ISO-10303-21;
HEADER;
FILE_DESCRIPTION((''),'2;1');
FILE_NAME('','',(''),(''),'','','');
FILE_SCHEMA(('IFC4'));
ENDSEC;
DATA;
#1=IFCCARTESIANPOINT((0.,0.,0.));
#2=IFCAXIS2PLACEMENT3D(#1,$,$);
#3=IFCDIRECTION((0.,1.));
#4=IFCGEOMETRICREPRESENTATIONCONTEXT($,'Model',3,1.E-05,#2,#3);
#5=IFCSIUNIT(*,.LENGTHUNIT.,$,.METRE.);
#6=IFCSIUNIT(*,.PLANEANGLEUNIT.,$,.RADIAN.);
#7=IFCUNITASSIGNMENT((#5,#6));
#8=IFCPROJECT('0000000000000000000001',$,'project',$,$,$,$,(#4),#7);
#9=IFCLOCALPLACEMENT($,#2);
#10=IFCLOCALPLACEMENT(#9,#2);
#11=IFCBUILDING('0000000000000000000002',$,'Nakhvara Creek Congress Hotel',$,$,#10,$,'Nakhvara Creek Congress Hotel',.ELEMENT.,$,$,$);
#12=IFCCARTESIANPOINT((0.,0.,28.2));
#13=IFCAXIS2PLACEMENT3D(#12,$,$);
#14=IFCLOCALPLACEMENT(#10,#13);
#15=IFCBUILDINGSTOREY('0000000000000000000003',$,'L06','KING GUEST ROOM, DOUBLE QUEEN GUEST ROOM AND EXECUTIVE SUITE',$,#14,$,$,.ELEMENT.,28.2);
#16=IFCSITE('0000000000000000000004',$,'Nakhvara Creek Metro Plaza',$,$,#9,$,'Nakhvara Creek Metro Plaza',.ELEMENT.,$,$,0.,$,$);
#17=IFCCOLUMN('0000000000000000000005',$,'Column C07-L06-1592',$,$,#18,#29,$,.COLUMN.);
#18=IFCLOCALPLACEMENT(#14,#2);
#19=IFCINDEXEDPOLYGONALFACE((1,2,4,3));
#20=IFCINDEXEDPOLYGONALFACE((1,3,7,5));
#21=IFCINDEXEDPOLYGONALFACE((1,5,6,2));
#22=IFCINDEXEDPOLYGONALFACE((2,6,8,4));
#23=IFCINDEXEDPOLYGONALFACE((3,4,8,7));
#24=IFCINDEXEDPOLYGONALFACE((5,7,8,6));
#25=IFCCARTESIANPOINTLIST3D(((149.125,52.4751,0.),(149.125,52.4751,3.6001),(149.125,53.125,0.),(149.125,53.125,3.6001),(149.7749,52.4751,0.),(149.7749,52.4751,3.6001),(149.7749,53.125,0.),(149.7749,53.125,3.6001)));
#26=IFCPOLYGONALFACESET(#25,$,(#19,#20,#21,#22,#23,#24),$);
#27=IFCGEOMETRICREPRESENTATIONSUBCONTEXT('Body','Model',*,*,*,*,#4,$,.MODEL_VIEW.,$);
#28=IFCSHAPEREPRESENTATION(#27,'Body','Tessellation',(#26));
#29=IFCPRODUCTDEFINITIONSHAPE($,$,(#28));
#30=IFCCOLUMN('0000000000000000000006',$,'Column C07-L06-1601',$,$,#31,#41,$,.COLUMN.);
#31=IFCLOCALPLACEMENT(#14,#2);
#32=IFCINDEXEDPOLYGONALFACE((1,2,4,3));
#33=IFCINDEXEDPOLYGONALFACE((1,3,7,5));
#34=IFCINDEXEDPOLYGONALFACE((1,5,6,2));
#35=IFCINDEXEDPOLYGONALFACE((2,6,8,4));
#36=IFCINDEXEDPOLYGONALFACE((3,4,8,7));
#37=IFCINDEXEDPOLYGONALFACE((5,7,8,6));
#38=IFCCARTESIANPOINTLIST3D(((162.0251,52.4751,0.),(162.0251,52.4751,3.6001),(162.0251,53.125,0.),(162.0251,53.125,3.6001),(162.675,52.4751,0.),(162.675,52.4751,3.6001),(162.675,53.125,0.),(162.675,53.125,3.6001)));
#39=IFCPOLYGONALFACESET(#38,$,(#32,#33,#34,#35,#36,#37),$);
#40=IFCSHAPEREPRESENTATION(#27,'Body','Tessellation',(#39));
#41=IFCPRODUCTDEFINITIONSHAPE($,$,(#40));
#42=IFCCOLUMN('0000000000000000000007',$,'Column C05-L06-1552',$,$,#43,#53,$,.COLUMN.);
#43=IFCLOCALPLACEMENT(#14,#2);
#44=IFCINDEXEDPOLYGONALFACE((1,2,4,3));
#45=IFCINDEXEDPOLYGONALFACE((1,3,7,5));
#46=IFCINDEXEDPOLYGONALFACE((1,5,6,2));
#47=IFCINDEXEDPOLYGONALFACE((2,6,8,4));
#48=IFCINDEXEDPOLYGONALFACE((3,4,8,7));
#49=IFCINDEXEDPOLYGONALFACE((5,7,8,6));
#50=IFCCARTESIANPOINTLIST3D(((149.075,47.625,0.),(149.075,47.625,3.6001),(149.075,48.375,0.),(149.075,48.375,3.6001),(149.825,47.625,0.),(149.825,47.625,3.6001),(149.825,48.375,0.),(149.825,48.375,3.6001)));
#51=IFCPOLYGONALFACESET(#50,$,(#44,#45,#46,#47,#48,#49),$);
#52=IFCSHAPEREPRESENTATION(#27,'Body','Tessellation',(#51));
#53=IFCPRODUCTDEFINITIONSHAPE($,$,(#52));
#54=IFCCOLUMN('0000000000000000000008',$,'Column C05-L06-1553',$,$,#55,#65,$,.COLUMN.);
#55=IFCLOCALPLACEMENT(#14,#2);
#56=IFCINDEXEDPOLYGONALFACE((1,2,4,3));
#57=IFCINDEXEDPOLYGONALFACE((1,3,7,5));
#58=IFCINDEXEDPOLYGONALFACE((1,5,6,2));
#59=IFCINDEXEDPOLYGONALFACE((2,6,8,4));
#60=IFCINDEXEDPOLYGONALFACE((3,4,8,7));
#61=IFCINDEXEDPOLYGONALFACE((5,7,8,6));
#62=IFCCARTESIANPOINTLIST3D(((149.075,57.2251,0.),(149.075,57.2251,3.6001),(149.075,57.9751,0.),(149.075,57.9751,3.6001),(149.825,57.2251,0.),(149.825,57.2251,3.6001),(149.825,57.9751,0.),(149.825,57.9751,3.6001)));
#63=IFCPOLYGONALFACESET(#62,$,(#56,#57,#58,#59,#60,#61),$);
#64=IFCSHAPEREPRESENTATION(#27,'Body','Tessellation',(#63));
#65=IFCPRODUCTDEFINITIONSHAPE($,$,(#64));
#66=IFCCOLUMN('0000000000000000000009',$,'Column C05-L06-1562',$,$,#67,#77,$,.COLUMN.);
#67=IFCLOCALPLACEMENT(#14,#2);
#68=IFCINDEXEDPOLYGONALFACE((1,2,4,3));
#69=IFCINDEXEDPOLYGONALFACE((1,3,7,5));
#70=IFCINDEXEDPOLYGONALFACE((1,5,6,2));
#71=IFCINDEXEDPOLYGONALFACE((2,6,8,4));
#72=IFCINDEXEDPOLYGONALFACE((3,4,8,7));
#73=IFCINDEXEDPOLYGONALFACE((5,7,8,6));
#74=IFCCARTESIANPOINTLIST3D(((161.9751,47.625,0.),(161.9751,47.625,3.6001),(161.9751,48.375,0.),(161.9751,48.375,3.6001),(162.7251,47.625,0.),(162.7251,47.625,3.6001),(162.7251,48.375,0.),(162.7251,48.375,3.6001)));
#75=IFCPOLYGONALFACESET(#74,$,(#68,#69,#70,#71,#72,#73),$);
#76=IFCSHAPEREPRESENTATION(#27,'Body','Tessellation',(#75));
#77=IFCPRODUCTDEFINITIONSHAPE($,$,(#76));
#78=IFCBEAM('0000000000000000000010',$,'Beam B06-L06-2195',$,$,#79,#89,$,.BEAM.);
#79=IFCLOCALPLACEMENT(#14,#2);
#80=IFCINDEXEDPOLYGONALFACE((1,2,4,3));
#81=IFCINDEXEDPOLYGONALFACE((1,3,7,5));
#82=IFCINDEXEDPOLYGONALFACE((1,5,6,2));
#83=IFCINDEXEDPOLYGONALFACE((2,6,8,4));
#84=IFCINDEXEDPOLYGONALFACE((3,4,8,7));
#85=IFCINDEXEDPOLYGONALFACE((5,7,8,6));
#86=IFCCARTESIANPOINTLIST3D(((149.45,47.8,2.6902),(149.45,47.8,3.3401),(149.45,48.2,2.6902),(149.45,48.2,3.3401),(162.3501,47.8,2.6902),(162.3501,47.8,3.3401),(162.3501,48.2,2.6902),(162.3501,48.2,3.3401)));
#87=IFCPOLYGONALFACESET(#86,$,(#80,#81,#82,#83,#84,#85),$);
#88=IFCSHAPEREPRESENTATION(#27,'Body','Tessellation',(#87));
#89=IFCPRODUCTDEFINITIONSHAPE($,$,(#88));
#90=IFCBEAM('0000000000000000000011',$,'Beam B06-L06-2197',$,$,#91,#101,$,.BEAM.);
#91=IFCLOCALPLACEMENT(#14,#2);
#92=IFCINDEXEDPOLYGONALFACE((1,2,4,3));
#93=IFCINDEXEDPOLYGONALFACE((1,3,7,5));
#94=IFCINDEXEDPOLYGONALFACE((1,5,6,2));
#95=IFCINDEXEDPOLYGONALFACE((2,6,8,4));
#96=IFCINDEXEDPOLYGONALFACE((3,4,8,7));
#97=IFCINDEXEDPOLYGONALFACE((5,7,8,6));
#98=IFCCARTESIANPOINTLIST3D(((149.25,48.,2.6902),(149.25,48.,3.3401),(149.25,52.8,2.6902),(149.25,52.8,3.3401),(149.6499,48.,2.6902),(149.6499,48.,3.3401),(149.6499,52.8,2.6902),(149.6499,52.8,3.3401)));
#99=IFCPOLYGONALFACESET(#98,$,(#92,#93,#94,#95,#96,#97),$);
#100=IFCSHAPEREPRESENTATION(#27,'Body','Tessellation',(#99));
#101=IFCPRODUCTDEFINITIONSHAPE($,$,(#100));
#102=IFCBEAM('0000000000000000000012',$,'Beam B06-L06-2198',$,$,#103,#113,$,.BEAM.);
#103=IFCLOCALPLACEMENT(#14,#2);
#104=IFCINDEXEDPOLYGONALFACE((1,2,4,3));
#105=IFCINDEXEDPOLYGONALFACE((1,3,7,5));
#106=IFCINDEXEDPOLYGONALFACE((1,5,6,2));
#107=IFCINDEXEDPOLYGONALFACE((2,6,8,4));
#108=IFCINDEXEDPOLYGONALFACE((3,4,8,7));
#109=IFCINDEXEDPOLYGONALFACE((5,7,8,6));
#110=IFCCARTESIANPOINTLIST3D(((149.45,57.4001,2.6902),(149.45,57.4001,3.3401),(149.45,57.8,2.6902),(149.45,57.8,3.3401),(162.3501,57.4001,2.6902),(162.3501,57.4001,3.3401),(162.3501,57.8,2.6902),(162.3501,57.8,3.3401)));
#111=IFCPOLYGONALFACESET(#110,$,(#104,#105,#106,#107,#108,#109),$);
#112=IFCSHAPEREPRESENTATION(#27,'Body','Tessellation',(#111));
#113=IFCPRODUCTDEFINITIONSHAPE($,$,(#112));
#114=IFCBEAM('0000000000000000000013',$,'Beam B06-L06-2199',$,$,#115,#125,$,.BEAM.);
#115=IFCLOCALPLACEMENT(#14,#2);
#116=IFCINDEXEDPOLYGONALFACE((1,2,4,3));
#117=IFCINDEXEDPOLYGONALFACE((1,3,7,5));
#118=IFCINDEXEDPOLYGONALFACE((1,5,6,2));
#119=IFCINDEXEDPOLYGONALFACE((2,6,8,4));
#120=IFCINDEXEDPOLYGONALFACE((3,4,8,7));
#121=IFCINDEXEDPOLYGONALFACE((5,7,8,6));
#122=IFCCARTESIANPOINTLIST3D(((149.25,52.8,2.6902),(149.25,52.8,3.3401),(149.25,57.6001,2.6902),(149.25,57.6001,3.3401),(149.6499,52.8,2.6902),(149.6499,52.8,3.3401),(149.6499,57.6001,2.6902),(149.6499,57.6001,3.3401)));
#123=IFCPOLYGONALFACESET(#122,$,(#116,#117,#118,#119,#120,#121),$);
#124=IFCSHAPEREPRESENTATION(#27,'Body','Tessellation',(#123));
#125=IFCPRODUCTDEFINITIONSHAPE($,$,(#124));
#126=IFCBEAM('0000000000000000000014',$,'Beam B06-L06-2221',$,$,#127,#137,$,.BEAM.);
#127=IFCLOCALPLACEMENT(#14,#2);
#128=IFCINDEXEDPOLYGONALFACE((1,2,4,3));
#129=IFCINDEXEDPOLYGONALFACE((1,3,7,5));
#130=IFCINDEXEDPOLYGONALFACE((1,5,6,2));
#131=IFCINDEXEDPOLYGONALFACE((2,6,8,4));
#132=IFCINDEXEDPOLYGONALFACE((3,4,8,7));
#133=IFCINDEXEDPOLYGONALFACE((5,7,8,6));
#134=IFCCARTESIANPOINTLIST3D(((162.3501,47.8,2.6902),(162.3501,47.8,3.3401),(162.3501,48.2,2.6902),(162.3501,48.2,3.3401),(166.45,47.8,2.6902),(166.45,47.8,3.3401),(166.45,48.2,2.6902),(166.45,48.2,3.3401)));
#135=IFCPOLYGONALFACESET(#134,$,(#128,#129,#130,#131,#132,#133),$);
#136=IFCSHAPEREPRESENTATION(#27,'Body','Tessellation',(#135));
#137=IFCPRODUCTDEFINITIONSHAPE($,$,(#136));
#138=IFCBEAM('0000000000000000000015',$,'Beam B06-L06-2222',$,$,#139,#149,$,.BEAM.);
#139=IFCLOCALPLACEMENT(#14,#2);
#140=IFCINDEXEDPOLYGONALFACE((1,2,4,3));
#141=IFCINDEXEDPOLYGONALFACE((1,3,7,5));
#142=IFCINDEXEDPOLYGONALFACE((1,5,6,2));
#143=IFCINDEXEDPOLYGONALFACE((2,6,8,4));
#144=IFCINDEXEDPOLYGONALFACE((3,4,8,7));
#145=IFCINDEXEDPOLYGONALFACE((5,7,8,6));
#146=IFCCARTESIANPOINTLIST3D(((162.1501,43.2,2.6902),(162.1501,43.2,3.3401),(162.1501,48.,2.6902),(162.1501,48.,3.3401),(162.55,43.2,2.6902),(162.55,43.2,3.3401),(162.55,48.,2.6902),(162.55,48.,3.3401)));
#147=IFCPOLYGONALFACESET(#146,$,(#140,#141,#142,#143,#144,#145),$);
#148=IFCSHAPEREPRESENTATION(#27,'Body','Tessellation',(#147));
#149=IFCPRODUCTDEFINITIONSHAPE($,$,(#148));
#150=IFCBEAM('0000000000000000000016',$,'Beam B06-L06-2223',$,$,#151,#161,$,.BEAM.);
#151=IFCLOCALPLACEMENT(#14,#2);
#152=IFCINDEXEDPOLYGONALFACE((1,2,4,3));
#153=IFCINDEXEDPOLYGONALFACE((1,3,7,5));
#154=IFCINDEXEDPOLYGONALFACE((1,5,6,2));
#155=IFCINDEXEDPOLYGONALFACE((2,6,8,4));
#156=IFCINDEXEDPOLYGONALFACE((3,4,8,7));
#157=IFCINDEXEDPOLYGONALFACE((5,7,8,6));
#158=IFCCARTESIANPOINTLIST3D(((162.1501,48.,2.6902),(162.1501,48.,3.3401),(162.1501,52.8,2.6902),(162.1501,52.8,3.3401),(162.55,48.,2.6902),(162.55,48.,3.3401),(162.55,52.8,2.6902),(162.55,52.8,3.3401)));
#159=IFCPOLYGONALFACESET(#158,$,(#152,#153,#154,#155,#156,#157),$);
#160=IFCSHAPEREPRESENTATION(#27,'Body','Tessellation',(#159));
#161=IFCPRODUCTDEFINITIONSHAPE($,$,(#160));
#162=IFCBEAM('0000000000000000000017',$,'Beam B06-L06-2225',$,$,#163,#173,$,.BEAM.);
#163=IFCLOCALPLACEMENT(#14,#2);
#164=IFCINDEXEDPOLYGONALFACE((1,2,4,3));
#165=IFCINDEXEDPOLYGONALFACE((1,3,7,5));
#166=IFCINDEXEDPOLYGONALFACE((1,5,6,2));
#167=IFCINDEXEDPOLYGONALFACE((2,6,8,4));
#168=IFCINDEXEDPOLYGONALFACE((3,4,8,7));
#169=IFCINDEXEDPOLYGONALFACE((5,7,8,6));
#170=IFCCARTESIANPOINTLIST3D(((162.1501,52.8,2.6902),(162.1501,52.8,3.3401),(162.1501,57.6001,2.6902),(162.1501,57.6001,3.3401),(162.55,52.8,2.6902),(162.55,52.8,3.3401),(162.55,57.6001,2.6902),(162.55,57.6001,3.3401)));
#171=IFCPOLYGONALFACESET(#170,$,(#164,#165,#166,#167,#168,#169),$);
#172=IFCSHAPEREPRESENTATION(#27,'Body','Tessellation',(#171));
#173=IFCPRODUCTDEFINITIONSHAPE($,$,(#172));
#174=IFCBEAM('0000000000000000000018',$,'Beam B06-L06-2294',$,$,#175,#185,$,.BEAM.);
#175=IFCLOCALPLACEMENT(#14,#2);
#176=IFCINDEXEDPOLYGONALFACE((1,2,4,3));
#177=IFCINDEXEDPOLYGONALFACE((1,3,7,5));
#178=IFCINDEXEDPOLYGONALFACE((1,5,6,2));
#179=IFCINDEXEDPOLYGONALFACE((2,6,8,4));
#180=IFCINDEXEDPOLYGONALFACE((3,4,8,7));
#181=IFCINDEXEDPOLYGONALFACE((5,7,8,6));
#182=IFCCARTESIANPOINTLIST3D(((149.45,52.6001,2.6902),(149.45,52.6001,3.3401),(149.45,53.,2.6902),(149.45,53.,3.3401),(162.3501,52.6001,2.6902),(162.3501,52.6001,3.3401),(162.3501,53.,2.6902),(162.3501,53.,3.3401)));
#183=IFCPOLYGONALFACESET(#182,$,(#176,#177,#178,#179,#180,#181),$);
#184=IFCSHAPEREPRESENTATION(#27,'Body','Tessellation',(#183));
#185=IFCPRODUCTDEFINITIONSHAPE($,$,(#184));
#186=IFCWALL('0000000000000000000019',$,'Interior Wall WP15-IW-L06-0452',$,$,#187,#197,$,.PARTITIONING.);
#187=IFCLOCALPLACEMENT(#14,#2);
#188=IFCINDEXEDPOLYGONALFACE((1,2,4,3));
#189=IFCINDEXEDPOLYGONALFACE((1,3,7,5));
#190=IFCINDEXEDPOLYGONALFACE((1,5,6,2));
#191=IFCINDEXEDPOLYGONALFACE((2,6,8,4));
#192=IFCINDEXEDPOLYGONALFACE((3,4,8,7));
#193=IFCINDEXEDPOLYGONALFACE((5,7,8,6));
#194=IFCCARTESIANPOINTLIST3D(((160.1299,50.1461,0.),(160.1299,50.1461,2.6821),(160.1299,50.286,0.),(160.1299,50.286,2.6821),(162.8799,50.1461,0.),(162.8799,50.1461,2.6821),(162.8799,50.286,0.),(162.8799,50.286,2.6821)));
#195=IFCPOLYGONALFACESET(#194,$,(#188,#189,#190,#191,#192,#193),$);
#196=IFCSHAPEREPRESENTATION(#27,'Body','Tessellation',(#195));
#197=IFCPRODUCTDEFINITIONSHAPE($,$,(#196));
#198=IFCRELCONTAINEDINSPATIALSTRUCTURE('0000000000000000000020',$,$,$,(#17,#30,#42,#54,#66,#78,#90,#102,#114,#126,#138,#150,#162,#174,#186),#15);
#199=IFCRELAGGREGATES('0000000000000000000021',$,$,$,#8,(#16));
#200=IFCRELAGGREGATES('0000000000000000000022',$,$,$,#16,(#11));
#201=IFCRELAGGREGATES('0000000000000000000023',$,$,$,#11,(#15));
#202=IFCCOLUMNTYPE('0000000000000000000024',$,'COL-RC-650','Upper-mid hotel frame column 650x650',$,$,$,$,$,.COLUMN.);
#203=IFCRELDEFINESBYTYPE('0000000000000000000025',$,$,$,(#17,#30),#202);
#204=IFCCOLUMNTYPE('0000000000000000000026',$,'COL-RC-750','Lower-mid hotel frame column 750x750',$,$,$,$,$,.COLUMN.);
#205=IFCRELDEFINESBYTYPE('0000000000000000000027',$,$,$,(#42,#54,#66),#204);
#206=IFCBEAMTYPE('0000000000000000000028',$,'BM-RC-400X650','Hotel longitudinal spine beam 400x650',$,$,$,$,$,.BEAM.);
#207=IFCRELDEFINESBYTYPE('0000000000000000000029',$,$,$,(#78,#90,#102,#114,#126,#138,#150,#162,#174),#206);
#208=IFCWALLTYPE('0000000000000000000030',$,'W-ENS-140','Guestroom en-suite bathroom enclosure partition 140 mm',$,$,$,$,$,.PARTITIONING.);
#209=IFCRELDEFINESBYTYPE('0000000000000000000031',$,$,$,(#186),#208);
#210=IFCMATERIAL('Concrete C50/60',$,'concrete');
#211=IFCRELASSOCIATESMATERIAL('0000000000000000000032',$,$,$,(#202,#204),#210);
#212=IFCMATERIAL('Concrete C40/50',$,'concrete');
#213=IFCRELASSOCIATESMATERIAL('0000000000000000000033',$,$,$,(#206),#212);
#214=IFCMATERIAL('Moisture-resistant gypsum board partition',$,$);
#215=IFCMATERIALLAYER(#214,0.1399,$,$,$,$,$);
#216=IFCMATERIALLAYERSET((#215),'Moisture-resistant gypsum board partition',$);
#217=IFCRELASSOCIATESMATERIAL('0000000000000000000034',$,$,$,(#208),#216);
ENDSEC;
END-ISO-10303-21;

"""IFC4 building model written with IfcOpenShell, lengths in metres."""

from ifc_helpers import new_model, si_unit, direction, frame, frame_2d, origin, origin_2d, place, context, subcontext, project, spatial, rectangle, extrude, material, layer, layer_set, material_profile, profile_set, type_object, element, save


model = new_model("IFC4")

# Units and contexts
model_context = context("Model", 3, precision=1e-05, world=origin(), true_north=direction((0.0, 1.0)))
body_context = subcontext(model_context, "Body", "Model", "MODEL_VIEW")
ifc_project = project(units=[si_unit("LENGTHUNIT", "METRE"), si_unit("PLANEANGLEUNIT", "RADIAN")], contexts=[model_context])

# Site, building, storey
site_placement = place(None, origin())
site = spatial("IfcSite", under=ifc_project, at=site_placement, Name="Nakhvara Creek Metro Plaza", LongName="Nakhvara Creek Metro Plaza", CompositionType="ELEMENT", RefElevation=0.0)
building_placement = place(site_placement, origin())
building = spatial("IfcBuilding", under=site, at=building_placement, Name="Nakhvara Creek Congress Hotel", LongName="Nakhvara Creek Congress Hotel", CompositionType="ELEMENT")
storey_placement = place(building_placement, frame((0.0, 0.0, 28.2)))
storey = spatial("IfcBuildingStorey", under=building, at=storey_placement, Name="L06", Description="KING GUEST ROOM, DOUBLE QUEEN GUEST ROOM AND EXECUTIVE SUITE", CompositionType="ELEMENT", Elevation=28.2)

# Columns
ifc_material_1 = material(Name="Concrete C50/60", Category="concrete")
ifc_material_profile_1 = material_profile(ifc_material_1, rectangle(XDim=0.6499, YDim=0.6499, at=origin_2d()), Name="RC-COL 650x650", Category="LoadBearing")
ifc_profile_set_1 = profile_set([ifc_material_profile_1], Name="Concrete C50/60")
column_type_1 = type_object("IfcColumnType", Name="COL-RC-650", Description="Upper-mid hotel frame column 650x650", PredefinedType="COLUMN", material=ifc_profile_set_1)
for number, where, z_axis, x_axis, name in (
    (1, (149.45, 52.8, 0.0), (0.0, 0.0, 1.0), (1.0, 0.0, 0.0), "Column C07-L06-1592"),
    (2, (162.3501, 52.8, 0.0), (0.0, 0.0, 1.0), (1.0, 0.0, 0.0), "Column C07-L06-1601"),
):
    element("IfcColumn", number, at=place(storey_placement, frame(where, z_axis=z_axis, x_axis=x_axis)), inside=storey, type_object=column_type_1, Name=name, PredefinedType="COLUMN", context=body_context, shape_type="SweptSolid", body=[
        extrude(rectangle(XDim=0.6499, YDim=0.6499, at=origin_2d()), origin(), (0.0, 0.0, 1.0), 3.6001),
    ])
ifc_material_profile_2 = material_profile(ifc_material_1, rectangle(XDim=0.75, YDim=0.75, at=origin_2d()), Name="RC-COL 750x750", Category="LoadBearing")
ifc_profile_set_2 = profile_set([ifc_material_profile_2], Name="Concrete C50/60")
column_type_2 = type_object("IfcColumnType", Name="COL-RC-750", Description="Lower-mid hotel frame column 750x750", PredefinedType="COLUMN", material=ifc_profile_set_2)
for number, where, z_axis, x_axis, name in (
    (3, (149.45, 48.0, 0.0), (0.0, 0.0, 1.0), (1.0, 0.0, 0.0), "Column C05-L06-1552"),
    (4, (149.45, 57.6001, 0.0), (0.0, 0.0, 1.0), (1.0, 0.0, 0.0), "Column C05-L06-1553"),
    (5, (162.3501, 48.0, 0.0), (0.0, 0.0, 1.0), (1.0, 0.0, 0.0), "Column C05-L06-1562"),
):
    element("IfcColumn", number, at=place(storey_placement, frame(where, z_axis=z_axis, x_axis=x_axis)), inside=storey, type_object=column_type_2, Name=name, PredefinedType="COLUMN", context=body_context, shape_type="SweptSolid", body=[
        extrude(rectangle(XDim=0.75, YDim=0.75, at=origin_2d()), origin(), (0.0, 0.0, 1.0), 3.6001),
    ])

# Beams
ifc_material_2 = material(Name="Concrete C40/50", Category="concrete")
ifc_material_profile_3 = material_profile(ifc_material_2, rectangle(XDim=0.3999, YDim=0.6499, at=origin_2d()), Name="RC-BM 400x650", Category="LoadBearing")
ifc_profile_set_3 = profile_set([ifc_material_profile_3], Name="Concrete C40/50")
beam_type = type_object("IfcBeamType", Name="BM-RC-400X650", Description="Hotel longitudinal spine beam 400x650", PredefinedType="BEAM", material=ifc_profile_set_3)
beam_1_placement = place(storey_placement, frame((149.45, 48.0, 3.0151), z_axis=(1.0, 0.0, 0.0), x_axis=(0.0, 1.0, 0.0)))
element("IfcBeam", 6, at=beam_1_placement, inside=storey, type_object=beam_type, Name="Beam B06-L06-2195", PredefinedType="BEAM", context=body_context, shape_type="SweptSolid", body=[
    extrude(rectangle(XDim=0.3999, YDim=0.6499, at=origin_2d()), origin(), (0.0, 0.0, 1.0), 12.9001),
])
beam_2_placement = place(storey_placement, frame((149.45, 48.0, 3.0151), z_axis=(0.0, 1.0, 0.0), x_axis=(-1.0, 0.0, 0.0)))
element("IfcBeam", 7, at=beam_2_placement, inside=storey, type_object=beam_type, Name="Beam B06-L06-2197", PredefinedType="BEAM", context=body_context, shape_type="SweptSolid", body=[
    extrude(rectangle(XDim=0.3999, YDim=0.6499, at=origin_2d()), origin(), (0.0, 0.0, 1.0), 4.8),
])
beam_3_placement = place(storey_placement, frame((149.45, 57.6001, 3.0151), z_axis=(1.0, 0.0, 0.0), x_axis=(0.0, 1.0, 0.0)))
element("IfcBeam", 8, at=beam_3_placement, inside=storey, type_object=beam_type, Name="Beam B06-L06-2198", PredefinedType="BEAM", context=body_context, shape_type="SweptSolid", body=[
    extrude(rectangle(XDim=0.3999, YDim=0.6499, at=origin_2d()), origin(), (0.0, 0.0, 1.0), 12.9001),
])
beam_4_placement = place(storey_placement, frame((149.45, 52.8, 3.0151), z_axis=(0.0, 1.0, 0.0), x_axis=(-1.0, 0.0, 0.0)))
element("IfcBeam", 9, at=beam_4_placement, inside=storey, type_object=beam_type, Name="Beam B06-L06-2199", PredefinedType="BEAM", context=body_context, shape_type="SweptSolid", body=[
    extrude(rectangle(XDim=0.3999, YDim=0.6499, at=origin_2d()), origin(), (0.0, 0.0, 1.0), 4.8),
])
beam_5_placement = place(storey_placement, frame((162.3501, 48.0, 3.0151), z_axis=(1.0, 0.0, 0.0), x_axis=(0.0, 1.0, 0.0)))
element("IfcBeam", 10, at=beam_5_placement, inside=storey, type_object=beam_type, Name="Beam B06-L06-2221", PredefinedType="BEAM", context=body_context, shape_type="SweptSolid", body=[
    extrude(rectangle(XDim=0.3999, YDim=0.6499, at=origin_2d()), origin(), (0.0, 0.0, 1.0), 4.0999),
])
for number, where, z_axis, x_axis, name in (
    (11, (162.3501, 43.2, 3.0151), (0.0, 1.0, 0.0), (-1.0, 0.0, 0.0), "Beam B06-L06-2222"),
    (12, (162.3501, 48.0, 3.0151), (0.0, 1.0, 0.0), (-1.0, 0.0, 0.0), "Beam B06-L06-2223"),
    (13, (162.3501, 52.8, 3.0151), (0.0, 1.0, 0.0), (-1.0, 0.0, 0.0), "Beam B06-L06-2225"),
):
    element("IfcBeam", number, at=place(storey_placement, frame(where, z_axis=z_axis, x_axis=x_axis)), inside=storey, type_object=beam_type, Name=name, PredefinedType="BEAM", context=body_context, shape_type="SweptSolid", body=[
        extrude(rectangle(XDim=0.3999, YDim=0.6499, at=origin_2d()), origin(), (0.0, 0.0, 1.0), 4.8),
    ])
beam_6_placement = place(storey_placement, frame((149.45, 52.8, 3.0151), z_axis=(1.0, 0.0, 0.0), x_axis=(0.0, 1.0, 0.0)))
element("IfcBeam", 14, at=beam_6_placement, inside=storey, type_object=beam_type, Name="Beam B06-L06-2294", PredefinedType="BEAM", context=body_context, shape_type="SweptSolid", body=[
    extrude(rectangle(XDim=0.3999, YDim=0.6499, at=origin_2d()), origin(), (0.0, 0.0, 1.0), 12.9001),
])

# Shared definitions
ifc_material_3 = material(Name="Moisture-resistant gypsum board partition")
ifc_layer_1 = layer(ifc_material_3, 0.1399)
ifc_layer_set_1 = layer_set([ifc_layer_1], Name="Moisture-resistant gypsum board partition")
wall_type_1 = type_object("IfcWallType", Name="W-ENS-140", Description="Guestroom en-suite bathroom enclosure partition 140 mm", PredefinedType="PARTITIONING", material=ifc_layer_set_1)

# Wall
wall_1_placement = place(storey_placement, frame((160.1299, 50.2161, 0.0), z_axis=(0.0, 0.0, 1.0), x_axis=(1.0, 0.0, 0.0)))
element("IfcWall", 15, at=wall_1_placement, inside=storey, type_object=wall_type_1, Name="Interior Wall WP15-IW-L06-0452", PredefinedType="PARTITIONING", context=body_context, shape_type="SweptSolid", body=[
    extrude(rectangle(XDim=2.75, YDim=0.1399, at=frame_2d((1.375, 0.0))), origin(), (0.0, 0.0, 1.0), 2.6821),
])

save(model, "model.ifc")
